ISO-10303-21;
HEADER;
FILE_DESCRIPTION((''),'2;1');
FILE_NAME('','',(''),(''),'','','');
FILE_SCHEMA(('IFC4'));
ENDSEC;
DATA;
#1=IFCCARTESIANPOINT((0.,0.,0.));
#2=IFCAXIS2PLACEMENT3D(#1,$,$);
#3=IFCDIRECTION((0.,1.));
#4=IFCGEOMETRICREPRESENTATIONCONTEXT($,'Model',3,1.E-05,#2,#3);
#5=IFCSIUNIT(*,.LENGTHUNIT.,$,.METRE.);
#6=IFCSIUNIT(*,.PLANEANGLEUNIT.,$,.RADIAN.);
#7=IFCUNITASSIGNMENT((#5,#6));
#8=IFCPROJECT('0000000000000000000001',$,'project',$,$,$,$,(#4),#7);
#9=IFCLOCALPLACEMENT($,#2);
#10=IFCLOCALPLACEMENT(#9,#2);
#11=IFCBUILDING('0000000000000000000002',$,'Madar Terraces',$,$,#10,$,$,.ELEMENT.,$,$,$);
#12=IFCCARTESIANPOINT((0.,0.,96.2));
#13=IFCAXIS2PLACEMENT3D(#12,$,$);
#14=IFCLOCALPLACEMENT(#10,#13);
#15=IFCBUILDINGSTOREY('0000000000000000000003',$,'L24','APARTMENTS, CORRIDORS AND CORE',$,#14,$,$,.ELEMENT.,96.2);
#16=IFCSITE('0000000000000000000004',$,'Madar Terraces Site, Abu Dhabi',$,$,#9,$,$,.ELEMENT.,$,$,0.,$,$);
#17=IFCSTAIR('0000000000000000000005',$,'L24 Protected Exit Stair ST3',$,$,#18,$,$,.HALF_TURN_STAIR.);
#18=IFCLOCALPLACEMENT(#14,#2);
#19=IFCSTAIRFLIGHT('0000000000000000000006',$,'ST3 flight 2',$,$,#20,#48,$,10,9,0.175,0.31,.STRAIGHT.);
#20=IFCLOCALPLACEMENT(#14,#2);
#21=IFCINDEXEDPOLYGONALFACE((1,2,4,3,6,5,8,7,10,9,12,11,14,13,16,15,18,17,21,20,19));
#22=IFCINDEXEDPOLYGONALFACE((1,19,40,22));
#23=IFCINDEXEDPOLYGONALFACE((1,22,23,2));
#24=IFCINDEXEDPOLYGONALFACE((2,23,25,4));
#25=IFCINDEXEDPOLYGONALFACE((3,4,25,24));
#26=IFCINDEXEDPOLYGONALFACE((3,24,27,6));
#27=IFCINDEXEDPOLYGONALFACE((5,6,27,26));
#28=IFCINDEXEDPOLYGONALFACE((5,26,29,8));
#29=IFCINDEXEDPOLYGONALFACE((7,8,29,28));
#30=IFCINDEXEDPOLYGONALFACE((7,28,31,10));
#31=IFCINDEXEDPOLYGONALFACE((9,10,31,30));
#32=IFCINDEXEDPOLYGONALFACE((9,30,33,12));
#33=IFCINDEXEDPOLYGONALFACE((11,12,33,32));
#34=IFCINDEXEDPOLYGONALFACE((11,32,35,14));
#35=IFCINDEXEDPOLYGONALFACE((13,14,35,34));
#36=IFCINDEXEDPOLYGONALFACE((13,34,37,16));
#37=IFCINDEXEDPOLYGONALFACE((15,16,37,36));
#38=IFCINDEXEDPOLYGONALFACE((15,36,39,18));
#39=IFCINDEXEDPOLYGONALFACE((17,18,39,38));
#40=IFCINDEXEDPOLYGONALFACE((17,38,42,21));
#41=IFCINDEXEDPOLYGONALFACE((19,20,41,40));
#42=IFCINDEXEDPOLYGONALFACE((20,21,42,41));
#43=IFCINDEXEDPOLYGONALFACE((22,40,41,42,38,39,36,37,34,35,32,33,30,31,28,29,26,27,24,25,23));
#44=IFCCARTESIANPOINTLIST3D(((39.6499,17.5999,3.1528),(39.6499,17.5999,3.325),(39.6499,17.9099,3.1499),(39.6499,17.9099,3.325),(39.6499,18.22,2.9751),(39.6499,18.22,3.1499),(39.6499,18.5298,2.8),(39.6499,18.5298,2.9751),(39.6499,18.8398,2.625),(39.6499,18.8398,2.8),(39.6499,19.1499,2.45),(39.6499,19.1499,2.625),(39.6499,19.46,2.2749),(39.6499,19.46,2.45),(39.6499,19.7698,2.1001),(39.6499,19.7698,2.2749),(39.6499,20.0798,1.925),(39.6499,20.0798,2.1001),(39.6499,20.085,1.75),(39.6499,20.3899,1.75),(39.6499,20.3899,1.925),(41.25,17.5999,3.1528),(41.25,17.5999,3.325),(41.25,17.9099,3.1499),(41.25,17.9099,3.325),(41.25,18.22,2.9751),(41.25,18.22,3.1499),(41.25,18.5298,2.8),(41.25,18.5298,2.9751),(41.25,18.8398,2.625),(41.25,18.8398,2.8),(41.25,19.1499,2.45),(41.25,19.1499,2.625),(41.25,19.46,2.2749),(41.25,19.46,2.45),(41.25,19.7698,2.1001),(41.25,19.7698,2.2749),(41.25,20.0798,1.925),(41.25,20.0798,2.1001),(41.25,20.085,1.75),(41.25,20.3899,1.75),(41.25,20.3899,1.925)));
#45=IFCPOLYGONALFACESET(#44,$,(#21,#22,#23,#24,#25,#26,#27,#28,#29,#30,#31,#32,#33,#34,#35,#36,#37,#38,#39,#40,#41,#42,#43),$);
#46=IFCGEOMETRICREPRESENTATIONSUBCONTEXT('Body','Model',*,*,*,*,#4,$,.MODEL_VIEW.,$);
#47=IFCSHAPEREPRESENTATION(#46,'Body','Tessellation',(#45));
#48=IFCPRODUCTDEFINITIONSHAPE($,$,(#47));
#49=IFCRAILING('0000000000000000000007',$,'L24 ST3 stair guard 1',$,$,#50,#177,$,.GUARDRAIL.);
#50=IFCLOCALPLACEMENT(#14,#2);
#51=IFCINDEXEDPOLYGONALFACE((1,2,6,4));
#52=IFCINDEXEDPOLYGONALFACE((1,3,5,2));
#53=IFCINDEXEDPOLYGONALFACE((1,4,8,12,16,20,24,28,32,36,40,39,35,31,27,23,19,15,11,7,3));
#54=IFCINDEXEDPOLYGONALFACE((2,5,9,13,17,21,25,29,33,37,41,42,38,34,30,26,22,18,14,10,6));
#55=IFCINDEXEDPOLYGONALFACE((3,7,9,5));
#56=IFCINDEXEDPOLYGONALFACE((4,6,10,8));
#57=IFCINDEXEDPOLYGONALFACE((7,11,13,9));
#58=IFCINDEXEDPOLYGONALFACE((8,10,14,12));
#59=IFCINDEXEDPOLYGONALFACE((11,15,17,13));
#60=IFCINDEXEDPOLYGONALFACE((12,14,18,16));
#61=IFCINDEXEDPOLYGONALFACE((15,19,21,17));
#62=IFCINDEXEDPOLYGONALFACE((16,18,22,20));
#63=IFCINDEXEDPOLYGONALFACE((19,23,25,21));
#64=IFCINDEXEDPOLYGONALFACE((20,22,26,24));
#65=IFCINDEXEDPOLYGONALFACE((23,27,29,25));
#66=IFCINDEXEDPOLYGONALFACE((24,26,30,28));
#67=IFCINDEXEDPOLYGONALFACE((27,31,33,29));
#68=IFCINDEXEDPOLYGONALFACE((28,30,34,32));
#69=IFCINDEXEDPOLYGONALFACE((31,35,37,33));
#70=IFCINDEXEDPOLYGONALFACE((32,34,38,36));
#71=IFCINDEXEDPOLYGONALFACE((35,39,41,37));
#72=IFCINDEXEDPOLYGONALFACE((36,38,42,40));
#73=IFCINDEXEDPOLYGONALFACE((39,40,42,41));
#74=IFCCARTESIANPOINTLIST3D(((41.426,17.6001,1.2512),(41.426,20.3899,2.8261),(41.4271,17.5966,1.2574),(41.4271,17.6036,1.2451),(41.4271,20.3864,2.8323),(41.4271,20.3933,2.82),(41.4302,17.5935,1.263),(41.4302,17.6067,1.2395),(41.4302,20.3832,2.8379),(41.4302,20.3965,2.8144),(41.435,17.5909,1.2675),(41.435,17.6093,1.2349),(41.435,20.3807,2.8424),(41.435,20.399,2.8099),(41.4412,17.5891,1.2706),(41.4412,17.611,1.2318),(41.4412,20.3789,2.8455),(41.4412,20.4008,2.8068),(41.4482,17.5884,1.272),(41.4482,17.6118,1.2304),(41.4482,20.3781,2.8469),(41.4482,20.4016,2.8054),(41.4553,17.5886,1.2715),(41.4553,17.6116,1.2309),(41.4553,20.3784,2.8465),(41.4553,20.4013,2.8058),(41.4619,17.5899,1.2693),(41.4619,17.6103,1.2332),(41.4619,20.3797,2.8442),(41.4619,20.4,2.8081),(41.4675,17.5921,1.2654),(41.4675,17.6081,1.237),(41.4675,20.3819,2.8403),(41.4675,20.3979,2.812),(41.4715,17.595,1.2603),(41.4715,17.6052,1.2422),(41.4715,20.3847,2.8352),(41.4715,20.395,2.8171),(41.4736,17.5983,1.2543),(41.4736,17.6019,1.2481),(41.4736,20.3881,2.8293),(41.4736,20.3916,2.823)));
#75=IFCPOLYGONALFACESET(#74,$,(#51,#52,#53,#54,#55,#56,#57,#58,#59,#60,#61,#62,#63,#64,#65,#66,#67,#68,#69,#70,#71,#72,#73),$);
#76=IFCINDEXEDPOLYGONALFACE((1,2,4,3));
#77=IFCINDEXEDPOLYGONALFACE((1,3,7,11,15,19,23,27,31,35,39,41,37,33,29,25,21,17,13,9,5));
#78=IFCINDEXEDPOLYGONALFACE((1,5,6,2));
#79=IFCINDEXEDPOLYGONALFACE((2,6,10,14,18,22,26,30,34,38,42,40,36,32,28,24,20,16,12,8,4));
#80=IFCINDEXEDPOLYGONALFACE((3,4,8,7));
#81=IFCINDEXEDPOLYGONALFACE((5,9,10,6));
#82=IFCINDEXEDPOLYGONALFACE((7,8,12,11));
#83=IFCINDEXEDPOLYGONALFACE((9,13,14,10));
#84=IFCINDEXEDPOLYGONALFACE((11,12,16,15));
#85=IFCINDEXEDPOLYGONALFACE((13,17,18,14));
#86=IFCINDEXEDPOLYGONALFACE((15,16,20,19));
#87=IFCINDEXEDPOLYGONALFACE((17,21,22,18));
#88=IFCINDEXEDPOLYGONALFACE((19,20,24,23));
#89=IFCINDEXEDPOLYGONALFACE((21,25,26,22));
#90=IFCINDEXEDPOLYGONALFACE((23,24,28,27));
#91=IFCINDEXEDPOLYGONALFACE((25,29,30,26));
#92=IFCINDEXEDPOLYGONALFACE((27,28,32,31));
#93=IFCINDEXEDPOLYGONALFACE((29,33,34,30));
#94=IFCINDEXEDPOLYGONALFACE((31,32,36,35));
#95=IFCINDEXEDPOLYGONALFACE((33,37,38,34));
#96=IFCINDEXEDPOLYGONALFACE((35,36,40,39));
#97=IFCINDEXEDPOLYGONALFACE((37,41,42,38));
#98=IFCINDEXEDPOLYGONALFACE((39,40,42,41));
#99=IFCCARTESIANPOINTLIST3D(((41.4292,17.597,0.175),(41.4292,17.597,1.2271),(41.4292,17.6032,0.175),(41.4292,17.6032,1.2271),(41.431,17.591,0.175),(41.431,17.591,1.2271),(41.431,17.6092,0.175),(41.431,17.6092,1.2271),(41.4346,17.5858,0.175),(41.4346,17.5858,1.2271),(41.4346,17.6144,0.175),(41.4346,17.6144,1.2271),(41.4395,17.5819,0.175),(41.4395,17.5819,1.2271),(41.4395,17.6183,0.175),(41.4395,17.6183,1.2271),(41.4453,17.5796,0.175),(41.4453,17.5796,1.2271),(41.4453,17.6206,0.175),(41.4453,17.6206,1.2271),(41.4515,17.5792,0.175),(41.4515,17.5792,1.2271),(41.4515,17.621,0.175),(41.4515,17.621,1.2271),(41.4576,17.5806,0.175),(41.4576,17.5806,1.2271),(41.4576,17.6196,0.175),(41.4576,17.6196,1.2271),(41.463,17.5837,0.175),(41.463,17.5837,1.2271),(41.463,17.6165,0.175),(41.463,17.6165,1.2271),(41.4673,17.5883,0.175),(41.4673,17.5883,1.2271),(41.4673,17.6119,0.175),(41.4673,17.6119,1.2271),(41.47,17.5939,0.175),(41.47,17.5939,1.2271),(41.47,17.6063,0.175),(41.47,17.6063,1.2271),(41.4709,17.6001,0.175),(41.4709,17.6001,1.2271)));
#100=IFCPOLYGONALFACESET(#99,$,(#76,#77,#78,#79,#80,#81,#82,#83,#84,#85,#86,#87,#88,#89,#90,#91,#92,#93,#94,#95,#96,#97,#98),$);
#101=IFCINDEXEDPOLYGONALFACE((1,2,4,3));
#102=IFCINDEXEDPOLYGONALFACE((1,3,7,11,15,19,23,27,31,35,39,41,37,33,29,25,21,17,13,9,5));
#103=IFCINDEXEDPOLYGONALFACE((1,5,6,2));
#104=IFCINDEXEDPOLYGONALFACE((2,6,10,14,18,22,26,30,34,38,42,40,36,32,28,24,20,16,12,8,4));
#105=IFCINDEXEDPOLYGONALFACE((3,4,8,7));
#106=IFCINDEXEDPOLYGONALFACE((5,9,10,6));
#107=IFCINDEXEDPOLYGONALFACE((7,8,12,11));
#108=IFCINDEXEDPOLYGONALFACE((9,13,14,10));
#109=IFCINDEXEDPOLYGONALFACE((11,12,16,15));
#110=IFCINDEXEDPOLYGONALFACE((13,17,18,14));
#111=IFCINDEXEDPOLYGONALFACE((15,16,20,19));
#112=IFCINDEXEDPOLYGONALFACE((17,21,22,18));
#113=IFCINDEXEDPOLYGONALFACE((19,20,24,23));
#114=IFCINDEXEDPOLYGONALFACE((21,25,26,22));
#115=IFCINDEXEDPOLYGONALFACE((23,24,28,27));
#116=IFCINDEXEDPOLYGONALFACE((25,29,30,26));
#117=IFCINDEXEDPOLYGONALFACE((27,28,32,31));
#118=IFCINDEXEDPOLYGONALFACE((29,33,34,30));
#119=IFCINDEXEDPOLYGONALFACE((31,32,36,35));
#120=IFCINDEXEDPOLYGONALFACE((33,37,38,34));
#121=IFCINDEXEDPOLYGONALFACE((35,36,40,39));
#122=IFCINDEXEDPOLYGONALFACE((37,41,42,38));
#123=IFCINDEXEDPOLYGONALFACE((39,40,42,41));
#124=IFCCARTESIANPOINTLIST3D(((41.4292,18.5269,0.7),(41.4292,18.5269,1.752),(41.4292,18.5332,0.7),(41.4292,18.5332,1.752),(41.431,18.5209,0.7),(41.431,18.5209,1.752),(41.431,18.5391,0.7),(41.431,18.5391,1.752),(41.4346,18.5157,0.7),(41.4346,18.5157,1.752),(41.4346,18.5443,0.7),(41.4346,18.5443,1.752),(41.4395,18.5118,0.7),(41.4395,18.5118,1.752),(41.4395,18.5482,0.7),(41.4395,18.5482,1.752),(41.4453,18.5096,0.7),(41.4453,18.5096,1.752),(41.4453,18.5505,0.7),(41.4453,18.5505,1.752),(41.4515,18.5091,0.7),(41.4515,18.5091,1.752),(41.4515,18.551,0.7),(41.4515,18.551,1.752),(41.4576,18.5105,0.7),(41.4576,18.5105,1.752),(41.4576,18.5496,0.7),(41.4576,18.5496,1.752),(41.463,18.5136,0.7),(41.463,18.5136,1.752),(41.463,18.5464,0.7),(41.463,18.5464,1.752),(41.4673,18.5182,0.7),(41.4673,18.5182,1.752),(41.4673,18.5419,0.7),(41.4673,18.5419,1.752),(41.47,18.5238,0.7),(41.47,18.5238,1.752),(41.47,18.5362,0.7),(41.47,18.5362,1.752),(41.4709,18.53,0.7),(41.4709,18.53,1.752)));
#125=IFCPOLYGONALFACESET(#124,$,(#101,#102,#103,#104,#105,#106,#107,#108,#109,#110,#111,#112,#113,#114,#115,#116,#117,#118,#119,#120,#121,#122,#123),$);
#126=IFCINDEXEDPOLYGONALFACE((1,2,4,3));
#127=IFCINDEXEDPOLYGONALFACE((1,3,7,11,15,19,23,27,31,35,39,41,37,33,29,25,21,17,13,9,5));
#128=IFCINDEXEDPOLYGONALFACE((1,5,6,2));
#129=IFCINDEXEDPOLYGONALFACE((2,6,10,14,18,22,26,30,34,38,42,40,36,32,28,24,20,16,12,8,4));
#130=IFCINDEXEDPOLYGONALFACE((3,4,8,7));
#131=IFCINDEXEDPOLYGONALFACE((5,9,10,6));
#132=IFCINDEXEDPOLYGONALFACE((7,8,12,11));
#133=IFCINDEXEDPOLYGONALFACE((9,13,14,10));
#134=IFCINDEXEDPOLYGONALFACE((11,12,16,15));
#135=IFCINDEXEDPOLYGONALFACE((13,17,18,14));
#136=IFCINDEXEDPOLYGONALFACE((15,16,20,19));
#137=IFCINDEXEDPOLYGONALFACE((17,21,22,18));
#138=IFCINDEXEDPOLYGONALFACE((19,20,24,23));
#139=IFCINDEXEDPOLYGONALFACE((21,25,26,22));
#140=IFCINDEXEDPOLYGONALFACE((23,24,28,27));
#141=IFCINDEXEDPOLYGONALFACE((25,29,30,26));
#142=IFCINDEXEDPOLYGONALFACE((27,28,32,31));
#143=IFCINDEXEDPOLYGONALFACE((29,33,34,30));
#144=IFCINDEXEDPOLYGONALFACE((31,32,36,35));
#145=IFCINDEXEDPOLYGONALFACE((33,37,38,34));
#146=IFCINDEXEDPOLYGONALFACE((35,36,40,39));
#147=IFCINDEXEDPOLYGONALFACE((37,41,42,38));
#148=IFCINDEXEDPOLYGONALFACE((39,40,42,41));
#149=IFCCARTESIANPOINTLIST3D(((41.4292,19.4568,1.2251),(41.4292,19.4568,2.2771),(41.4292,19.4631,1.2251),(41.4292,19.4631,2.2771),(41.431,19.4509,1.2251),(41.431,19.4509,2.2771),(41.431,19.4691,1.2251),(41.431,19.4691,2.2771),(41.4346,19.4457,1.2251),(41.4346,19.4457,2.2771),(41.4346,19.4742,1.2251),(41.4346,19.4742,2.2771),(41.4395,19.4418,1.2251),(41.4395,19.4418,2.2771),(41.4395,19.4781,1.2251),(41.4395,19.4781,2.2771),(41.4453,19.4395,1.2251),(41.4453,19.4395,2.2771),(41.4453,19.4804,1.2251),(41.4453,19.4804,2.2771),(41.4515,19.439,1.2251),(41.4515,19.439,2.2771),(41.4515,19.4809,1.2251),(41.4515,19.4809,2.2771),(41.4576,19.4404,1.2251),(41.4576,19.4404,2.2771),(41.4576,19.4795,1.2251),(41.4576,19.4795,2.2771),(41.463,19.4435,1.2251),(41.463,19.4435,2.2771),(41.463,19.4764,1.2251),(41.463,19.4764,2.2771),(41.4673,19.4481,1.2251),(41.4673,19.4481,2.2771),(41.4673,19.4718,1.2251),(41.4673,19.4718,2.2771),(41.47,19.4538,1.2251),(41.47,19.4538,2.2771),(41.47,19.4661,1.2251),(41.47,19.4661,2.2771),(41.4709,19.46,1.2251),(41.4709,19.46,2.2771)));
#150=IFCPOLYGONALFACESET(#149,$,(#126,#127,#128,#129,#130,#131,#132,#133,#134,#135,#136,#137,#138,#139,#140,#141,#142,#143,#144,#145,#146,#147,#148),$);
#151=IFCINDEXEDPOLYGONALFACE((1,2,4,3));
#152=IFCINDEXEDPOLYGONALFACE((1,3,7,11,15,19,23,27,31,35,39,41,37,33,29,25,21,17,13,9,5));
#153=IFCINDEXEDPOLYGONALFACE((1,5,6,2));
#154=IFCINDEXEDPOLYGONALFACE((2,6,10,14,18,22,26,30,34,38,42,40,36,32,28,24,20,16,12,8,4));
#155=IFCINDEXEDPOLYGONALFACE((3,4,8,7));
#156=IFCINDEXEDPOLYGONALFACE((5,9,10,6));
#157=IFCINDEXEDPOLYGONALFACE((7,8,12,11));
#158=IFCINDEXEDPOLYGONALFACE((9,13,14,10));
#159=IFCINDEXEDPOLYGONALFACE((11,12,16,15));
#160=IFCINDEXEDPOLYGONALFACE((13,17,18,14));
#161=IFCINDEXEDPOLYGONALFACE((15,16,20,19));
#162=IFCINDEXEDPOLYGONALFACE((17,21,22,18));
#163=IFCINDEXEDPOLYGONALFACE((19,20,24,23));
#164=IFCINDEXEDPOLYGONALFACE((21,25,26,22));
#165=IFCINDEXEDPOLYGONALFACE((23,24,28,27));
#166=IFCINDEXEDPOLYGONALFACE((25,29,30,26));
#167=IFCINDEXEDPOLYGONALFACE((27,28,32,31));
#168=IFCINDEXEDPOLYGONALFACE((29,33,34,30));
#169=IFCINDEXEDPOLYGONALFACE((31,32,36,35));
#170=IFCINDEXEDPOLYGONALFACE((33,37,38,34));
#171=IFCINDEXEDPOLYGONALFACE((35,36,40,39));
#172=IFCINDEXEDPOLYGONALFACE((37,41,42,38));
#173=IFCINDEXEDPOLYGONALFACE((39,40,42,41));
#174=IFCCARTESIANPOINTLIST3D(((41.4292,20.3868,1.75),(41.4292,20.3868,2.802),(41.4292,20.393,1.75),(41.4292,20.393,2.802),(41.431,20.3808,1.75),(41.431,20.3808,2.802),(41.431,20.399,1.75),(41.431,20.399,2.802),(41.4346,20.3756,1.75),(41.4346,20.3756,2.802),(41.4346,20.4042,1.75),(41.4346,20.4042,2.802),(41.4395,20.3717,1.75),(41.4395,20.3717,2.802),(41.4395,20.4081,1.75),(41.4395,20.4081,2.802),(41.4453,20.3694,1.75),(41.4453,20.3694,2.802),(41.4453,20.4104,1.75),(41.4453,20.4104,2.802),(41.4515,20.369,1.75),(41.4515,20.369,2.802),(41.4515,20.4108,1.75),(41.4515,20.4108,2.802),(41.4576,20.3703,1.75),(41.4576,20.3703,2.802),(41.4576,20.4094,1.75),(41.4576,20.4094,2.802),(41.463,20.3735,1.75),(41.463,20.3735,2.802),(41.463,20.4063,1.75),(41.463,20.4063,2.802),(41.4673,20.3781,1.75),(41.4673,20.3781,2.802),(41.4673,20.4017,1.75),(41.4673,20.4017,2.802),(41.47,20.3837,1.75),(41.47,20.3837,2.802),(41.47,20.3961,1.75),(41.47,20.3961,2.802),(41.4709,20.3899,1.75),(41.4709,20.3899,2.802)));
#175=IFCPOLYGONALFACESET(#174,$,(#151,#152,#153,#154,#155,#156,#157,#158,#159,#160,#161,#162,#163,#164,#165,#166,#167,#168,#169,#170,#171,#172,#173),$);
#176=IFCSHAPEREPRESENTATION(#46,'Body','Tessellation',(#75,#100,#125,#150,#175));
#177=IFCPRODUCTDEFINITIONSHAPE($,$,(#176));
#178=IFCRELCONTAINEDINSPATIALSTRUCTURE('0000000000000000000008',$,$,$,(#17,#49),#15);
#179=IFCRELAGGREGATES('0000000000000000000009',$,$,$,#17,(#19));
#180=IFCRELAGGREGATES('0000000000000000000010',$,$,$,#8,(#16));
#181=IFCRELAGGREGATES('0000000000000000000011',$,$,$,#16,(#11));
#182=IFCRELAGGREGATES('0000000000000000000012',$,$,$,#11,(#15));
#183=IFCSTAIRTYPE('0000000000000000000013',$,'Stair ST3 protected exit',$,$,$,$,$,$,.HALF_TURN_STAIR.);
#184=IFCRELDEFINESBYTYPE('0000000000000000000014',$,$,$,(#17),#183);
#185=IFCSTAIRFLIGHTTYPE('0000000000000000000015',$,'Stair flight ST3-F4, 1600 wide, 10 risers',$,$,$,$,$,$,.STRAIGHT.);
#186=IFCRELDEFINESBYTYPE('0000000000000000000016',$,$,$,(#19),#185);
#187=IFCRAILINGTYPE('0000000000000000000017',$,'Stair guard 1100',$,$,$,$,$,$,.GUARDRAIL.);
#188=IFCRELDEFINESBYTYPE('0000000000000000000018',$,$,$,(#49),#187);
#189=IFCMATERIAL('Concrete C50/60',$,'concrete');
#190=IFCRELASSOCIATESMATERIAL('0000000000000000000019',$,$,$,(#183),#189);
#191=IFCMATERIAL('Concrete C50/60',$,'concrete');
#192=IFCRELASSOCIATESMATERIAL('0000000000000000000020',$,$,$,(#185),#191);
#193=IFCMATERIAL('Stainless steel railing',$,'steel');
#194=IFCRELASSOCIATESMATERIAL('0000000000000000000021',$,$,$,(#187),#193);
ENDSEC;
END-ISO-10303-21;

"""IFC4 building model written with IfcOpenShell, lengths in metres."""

from ifc_helpers import new_model, si_unit, direction, frame, origin, origin_2d, place, context, subcontext, project, spatial, polyline, circle, outline, extrude, material, type_object, element, aggregate, save


model = new_model("IFC4")

# Units and contexts
model_context = context("Model", 3, precision=1e-05, world=origin(), true_north=direction((0.0, 1.0)))
body_context = subcontext(model_context, "Body", "Model", "MODEL_VIEW")
ifc_project = project(units=[si_unit("LENGTHUNIT", "METRE"), si_unit("PLANEANGLEUNIT", "RADIAN")], contexts=[model_context])

# Site, building, storey
site_placement = place(None, origin())
site = spatial("IfcSite", under=ifc_project, at=site_placement, Name="Madar Terraces Site, Abu Dhabi", CompositionType="ELEMENT", RefElevation=0.0)
building_placement = place(site_placement, origin())
building = spatial("IfcBuilding", under=site, at=building_placement, Name="Madar Terraces", CompositionType="ELEMENT")
storey_placement = place(building_placement, frame((0.0, 0.0, 96.2)))
storey = spatial("IfcBuildingStorey", under=building, at=storey_placement, Name="L24", Description="APARTMENTS, CORRIDORS AND CORE", CompositionType="ELEMENT", Elevation=96.2)

# Stair, stair flight
ifc_material_1 = material(Name="Concrete C50/60", Category="concrete")
stair_type = type_object("IfcStairType", Name="Stair ST3 protected exit", PredefinedType="HALF_TURN_STAIR", material=ifc_material_1)
stair_placement = place(storey_placement, origin())
stair = element("IfcStair", 1, at=stair_placement, inside=storey, type_object=stair_type, Name="L24 Protected Exit Stair ST3", PredefinedType="HALF_TURN_STAIR")
ifc_material_2 = material(Name="Concrete C50/60", Category="concrete")
stair_flight_type = type_object("IfcStairFlightType", Name="Stair flight ST3-F4, 1600 wide, 10 risers", PredefinedType="STRAIGHT", material=ifc_material_2)
stair_flight_1_placement = place(storey_placement, frame((40.45, 20.3899, 1.75), z_axis=(0.0, 0.0, 1.0), x_axis=(0.0, -1.0, 0.0)))
stair_flight_1 = element("IfcStairFlight", 2, at=stair_flight_1_placement, type_object=stair_flight_type, Name="ST3 flight 2", NumberOfRisers=10, NumberOfTreads=9, PredefinedType="STRAIGHT", RiserHeight=0.175, TreadLength=0.31, context=body_context, shape_type="SweptSolid", body=[
    extrude(outline(polyline([(0.0, 0.0), (0.0, 0.175), (0.3101, 0.175), (0.3101, 0.3501), (0.6201, 0.3501), (0.6201, 0.5249), (0.9299, 0.5249), (0.9299, 0.7), (1.24, 0.7), (1.24, 0.875), (1.55, 0.875), (1.55, 1.05), (1.8601, 1.05), (1.8601, 1.2251), (2.1699, 1.2251), (2.1699, 1.3999), (2.48, 1.3999), (2.48, 1.575), (2.79, 1.575), (2.79, 1.75), (2.79, 1.4028), (0.3049, 0.0), (0.0, 0.0)])), frame((0.0, 0.8, 0.0), z_axis=(0.0, -1.0, 0.0), x_axis=(1.0, 0.0, 0.0)), (0.0, 0.0, 1.0), 1.6001),
])
aggregate(stair, [stair_flight_1])

# Railing
ifc_material_3 = material(Name="Stainless steel railing", Category="steel")
railing_type_1 = type_object("IfcRailingType", Name="Stair guard 1100", PredefinedType="GUARDRAIL", material=ifc_material_3)
railing_1_placement = place(storey_placement, frame((41.45, 17.6001, 0.175)))
element("IfcRailing", 3, at=railing_1_placement, inside=storey, type_object=railing_type_1, Name="L24 ST3 stair guard 1", PredefinedType="GUARDRAIL", context=body_context, shape_type="SweptSolid", body=[
    extrude(circle(Radius=0.0239, at=origin_2d()), frame((0.0, 0.0, 1.0762), z_axis=(0.0, 0.870815, 0.49161), x_axis=(-1.0, 0.0, 0.0)), (0.0, 0.0, 1.0), 3.2036),
    extrude(circle(Radius=0.021, at=origin_2d()), origin(), (0.0, 0.0, 1.0), 1.052),
    extrude(circle(Radius=0.021, at=origin_2d()), frame((0.0, 0.9299, 0.5249)), (0.0, 0.0, 1.0), 1.052),
    extrude(circle(Radius=0.021, at=origin_2d()), frame((0.0, 1.8599, 1.05)), (0.0, 0.0, 1.0), 1.052),
    extrude(circle(Radius=0.021, at=origin_2d()), frame((0.0, 2.7898, 1.575)), (0.0, 0.0, 1.0), 1.052),
])

save(model, "model.ifc")
